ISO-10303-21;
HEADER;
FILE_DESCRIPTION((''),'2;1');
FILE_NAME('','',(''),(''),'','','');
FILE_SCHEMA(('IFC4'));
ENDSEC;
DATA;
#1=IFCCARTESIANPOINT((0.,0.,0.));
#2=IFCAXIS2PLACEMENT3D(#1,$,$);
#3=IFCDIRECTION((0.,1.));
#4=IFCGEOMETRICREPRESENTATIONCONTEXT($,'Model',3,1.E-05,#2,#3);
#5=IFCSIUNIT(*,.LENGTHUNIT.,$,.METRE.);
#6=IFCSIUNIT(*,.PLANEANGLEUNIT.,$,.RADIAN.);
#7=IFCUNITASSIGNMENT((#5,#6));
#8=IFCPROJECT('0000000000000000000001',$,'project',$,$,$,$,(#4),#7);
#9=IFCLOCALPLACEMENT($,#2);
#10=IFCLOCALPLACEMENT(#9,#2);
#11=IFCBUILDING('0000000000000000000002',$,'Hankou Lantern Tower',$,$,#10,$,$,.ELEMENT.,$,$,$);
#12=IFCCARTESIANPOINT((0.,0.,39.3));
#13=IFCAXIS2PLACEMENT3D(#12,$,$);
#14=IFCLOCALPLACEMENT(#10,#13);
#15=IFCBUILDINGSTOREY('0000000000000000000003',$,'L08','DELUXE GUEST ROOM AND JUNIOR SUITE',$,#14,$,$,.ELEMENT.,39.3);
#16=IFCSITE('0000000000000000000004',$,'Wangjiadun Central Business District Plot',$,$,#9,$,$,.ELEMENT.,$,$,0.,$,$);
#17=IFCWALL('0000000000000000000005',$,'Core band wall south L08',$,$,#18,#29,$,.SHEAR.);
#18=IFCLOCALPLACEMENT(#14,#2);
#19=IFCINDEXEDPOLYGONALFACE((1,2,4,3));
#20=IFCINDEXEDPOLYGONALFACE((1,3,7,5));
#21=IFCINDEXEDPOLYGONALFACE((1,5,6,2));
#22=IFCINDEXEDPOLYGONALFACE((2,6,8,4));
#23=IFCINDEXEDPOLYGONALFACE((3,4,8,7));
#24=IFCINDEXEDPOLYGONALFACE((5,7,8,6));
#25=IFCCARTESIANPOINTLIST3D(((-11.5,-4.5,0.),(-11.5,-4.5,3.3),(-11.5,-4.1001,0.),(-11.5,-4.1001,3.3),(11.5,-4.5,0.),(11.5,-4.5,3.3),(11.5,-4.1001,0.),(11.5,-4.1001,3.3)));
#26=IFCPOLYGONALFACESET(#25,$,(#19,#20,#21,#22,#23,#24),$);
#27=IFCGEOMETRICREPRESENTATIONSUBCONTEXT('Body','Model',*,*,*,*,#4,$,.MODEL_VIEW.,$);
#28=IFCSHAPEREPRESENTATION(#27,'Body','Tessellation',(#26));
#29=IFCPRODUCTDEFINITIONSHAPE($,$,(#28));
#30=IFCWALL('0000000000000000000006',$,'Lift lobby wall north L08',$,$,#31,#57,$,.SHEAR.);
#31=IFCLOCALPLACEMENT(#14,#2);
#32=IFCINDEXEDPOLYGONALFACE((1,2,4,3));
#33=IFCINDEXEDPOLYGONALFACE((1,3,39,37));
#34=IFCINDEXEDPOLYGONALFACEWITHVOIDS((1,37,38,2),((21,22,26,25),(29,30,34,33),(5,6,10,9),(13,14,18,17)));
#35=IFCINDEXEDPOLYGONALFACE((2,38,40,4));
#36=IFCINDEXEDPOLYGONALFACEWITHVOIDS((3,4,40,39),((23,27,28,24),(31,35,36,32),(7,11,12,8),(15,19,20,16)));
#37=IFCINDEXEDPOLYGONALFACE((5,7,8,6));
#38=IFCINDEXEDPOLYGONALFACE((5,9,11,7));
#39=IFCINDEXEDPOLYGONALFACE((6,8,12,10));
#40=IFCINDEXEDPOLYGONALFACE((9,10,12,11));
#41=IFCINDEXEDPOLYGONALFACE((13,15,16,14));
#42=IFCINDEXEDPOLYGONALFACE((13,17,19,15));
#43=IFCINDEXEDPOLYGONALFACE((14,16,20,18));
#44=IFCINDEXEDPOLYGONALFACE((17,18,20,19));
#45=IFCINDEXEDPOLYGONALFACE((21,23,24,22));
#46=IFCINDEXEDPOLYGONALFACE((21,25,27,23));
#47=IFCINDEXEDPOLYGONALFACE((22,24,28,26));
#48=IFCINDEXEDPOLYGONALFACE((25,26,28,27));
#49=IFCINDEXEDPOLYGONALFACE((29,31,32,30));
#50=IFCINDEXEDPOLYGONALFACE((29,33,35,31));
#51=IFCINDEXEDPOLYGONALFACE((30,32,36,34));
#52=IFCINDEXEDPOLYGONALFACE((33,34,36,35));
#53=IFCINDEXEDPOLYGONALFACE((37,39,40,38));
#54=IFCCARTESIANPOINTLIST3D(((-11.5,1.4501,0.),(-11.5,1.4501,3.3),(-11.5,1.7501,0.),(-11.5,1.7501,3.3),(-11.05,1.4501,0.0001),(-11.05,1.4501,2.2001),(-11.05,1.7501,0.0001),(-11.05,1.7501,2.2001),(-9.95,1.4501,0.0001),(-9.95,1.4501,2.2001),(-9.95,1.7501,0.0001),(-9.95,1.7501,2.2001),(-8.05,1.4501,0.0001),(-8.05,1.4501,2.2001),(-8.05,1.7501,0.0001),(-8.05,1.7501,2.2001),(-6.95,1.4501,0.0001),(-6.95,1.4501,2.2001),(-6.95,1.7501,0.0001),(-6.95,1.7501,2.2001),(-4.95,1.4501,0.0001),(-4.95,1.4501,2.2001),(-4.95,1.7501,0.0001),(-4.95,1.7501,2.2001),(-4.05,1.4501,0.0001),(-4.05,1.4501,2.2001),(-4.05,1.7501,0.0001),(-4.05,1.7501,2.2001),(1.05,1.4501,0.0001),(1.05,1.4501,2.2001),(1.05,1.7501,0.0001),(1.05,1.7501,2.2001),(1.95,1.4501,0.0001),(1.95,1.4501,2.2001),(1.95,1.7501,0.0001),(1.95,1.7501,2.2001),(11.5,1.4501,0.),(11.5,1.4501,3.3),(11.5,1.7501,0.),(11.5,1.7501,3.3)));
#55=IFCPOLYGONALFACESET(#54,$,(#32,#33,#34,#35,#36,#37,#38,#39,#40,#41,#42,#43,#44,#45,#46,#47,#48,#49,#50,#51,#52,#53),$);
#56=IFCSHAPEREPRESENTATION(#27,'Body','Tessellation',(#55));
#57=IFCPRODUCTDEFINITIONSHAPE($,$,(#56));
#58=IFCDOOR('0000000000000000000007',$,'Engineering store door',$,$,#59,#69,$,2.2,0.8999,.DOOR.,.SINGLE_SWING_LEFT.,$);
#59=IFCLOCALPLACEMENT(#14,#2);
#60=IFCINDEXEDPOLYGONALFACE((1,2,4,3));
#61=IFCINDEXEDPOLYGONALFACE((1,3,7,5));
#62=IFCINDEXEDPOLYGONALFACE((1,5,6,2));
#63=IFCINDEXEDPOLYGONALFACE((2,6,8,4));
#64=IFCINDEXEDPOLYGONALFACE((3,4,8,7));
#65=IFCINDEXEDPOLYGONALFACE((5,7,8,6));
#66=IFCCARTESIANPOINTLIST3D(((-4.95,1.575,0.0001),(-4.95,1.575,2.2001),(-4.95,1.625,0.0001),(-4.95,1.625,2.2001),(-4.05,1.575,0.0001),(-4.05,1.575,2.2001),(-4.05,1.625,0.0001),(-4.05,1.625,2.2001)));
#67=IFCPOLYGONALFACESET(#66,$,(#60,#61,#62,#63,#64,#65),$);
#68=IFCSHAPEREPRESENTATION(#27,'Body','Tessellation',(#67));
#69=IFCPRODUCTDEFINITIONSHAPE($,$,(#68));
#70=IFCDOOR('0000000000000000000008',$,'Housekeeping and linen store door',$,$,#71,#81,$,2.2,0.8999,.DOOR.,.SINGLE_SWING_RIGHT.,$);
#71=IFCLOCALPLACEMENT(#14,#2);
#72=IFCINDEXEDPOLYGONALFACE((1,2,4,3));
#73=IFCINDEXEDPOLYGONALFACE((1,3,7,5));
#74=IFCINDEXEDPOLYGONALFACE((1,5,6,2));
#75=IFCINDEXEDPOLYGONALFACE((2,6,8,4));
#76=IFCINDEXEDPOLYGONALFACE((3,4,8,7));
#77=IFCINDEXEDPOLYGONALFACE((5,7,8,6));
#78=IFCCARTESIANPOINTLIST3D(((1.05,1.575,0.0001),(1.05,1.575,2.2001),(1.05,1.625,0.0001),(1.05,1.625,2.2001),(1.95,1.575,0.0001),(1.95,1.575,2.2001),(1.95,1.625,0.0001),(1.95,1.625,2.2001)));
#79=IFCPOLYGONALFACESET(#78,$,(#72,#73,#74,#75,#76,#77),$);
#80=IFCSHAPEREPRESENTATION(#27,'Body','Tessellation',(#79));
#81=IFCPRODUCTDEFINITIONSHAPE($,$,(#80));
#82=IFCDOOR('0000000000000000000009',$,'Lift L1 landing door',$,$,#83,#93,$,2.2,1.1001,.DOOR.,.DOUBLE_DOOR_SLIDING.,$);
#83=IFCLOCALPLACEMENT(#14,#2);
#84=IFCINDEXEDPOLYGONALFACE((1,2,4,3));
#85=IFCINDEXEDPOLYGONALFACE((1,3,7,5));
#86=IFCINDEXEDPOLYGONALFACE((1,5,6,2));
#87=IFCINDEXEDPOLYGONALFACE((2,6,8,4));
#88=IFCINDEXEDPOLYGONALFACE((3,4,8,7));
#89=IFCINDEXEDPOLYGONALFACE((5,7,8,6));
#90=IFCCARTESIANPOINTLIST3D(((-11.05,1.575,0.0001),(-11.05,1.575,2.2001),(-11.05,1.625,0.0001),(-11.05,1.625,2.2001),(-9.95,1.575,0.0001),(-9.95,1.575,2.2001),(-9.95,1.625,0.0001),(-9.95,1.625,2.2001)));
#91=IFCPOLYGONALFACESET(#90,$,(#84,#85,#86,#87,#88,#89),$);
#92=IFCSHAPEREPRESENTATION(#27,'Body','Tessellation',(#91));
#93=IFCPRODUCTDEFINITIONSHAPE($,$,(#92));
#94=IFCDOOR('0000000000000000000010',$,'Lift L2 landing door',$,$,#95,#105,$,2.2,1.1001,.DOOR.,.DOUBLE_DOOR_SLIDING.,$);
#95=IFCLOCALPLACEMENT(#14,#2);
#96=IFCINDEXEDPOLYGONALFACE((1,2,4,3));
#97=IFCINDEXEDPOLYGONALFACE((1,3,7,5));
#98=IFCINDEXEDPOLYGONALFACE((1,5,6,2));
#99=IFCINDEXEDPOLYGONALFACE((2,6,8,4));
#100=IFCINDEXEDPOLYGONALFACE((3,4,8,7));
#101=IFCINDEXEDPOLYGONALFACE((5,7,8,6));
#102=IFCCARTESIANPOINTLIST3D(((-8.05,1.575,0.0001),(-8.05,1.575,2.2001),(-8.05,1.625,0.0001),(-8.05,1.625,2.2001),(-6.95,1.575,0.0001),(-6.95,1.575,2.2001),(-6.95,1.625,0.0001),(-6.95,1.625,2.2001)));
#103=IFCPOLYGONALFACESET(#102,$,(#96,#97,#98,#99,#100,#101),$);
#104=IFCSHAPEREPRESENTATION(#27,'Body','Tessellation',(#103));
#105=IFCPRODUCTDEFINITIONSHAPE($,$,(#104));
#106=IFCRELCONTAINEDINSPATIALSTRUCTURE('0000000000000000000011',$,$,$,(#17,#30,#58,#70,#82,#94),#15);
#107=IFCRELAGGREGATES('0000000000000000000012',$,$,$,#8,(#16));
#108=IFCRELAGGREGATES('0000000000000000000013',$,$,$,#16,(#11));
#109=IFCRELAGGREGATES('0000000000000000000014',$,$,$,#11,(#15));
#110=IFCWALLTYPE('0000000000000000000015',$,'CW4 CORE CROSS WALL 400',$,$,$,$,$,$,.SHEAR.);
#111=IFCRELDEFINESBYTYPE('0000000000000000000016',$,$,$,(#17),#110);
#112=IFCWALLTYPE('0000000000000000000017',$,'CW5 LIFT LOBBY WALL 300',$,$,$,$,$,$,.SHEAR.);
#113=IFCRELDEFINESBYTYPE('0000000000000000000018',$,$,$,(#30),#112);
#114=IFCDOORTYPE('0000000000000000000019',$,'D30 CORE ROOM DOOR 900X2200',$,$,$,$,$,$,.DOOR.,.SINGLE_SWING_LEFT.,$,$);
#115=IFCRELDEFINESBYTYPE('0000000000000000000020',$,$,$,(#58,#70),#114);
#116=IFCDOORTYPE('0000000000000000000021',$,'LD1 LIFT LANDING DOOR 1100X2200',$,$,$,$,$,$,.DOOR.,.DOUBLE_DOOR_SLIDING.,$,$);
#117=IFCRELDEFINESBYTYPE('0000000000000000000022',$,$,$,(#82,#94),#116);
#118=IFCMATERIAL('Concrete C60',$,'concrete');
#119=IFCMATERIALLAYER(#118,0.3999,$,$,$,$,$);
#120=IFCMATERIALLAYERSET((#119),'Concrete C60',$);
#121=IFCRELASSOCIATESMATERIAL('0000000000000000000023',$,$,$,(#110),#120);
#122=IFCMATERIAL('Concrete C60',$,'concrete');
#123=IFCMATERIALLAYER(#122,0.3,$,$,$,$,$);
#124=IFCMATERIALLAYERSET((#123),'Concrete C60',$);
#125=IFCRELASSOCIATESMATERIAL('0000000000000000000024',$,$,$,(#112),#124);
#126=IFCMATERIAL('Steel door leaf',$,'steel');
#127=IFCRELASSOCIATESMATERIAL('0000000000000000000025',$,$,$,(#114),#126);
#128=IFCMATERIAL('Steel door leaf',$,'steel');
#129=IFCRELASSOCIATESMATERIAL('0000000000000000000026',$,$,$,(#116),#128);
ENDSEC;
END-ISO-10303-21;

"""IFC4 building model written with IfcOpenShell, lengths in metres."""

from ifc_helpers import new_model, si_unit, direction, frame, frame_2d, origin, place, context, subcontext, project, spatial, rectangle, extrude, material, layer, layer_set, type_object, element, fill, save


model = new_model("IFC4")

# Units and contexts
model_context = context("Model", 3, precision=1e-05, world=origin(), true_north=direction((0.0, 1.0)))
body_context = subcontext(model_context, "Body", "Model", "MODEL_VIEW")
ifc_project = project(units=[si_unit("LENGTHUNIT", "METRE"), si_unit("PLANEANGLEUNIT", "RADIAN")], contexts=[model_context])

# Site, building, storey
site_placement = place(None, origin())
site = spatial("IfcSite", under=ifc_project, at=site_placement, Name="Wangjiadun Central Business District Plot", CompositionType="ELEMENT", RefElevation=0.0)
building_placement = place(site_placement, origin())
building = spatial("IfcBuilding", under=site, at=building_placement, Name="Hankou Lantern Tower", CompositionType="ELEMENT")
storey_placement = place(building_placement, frame((0.0, 0.0, 39.3)))
storey = spatial("IfcBuildingStorey", under=building, at=storey_placement, Name="L08", Description="DELUXE GUEST ROOM AND JUNIOR SUITE", CompositionType="ELEMENT", Elevation=39.3)

# Wall
ifc_material_1 = material(Name="Concrete C60", Category="concrete")
ifc_layer_1 = layer(ifc_material_1, 0.3999)
ifc_layer_set_1 = layer_set([ifc_layer_1], Name="Concrete C60")
wall_type_1 = type_object("IfcWallType", Name="CW4 CORE CROSS WALL 400", PredefinedType="SHEAR", material=ifc_layer_set_1)
wall_1_placement = place(storey_placement, frame((-11.5, -4.3, 0.0), z_axis=(0.0, 0.0, 1.0), x_axis=(1.0, 0.0, 0.0)))
element("IfcWall", 1, at=wall_1_placement, inside=storey, type_object=wall_type_1, Name="Core band wall south L08", PredefinedType="SHEAR", context=body_context, shape_type="SweptSolid", body=[
    extrude(rectangle(XDim=23.0, YDim=0.3999, at=frame_2d((11.5, 0.0))), origin(), (0.0, 0.0, 1.0), 3.3),
])

# Wall, openings, doors
ifc_material_2 = material(Name="Concrete C60", Category="concrete")
ifc_layer_2 = layer(ifc_material_2, 0.3)
ifc_layer_set_2 = layer_set([ifc_layer_2], Name="Concrete C60")
wall_type_2 = type_object("IfcWallType", Name="CW5 LIFT LOBBY WALL 300", PredefinedType="SHEAR", material=ifc_layer_set_2)
wall_2_placement = place(storey_placement, frame((-11.5, 1.6001, 0.0), z_axis=(0.0, 0.0, 1.0), x_axis=(1.0, 0.0, 0.0)))
wall_2 = element("IfcWall", 2, at=wall_2_placement, inside=storey, type_object=wall_type_2, Name="Lift lobby wall north L08", PredefinedType="SHEAR", context=body_context, shape_type="SweptSolid", body=[
    extrude(rectangle(XDim=23.0, YDim=0.3, at=frame_2d((11.5, 0.0))), origin(), (0.0, 0.0, 1.0), 3.3),
])
opening_1_placement = place(wall_2_placement, frame((0.45, 0.0, 0.0)))
opening_1 = element("IfcOpeningElement", 3, at=opening_1_placement, cuts=wall_2, PredefinedType="OPENING", context=body_context, shape_type="SweptSolid", body=[
    extrude(rectangle(XDim=1.1001, YDim=2.2, at=frame_2d((0.55, 1.1001))), frame((0.0, 0.1599, 0.0), z_axis=(0.0, -1.0, 0.0), x_axis=(1.0, 0.0, 0.0)), (0.0, 0.0, 1.0), 0.3201),
])
opening_2_placement = place(wall_2_placement, frame((3.45, 0.0, 0.0)))
opening_2 = element("IfcOpeningElement", 4, at=opening_2_placement, cuts=wall_2, PredefinedType="OPENING", context=body_context, shape_type="SweptSolid", body=[
    extrude(rectangle(XDim=1.1001, YDim=2.2, at=frame_2d((0.55, 1.1001))), frame((0.0, 0.1599, 0.0), z_axis=(0.0, -1.0, 0.0), x_axis=(1.0, 0.0, 0.0)), (0.0, 0.0, 1.0), 0.3201),
])
opening_3_placement = place(wall_2_placement, frame((6.55, 0.0, 0.0)))
opening_3 = element("IfcOpeningElement", 5, at=opening_3_placement, cuts=wall_2, PredefinedType="OPENING", context=body_context, shape_type="SweptSolid", body=[
    extrude(rectangle(XDim=0.8999, YDim=2.2, at=frame_2d((0.45, 1.1001))), frame((0.0, 0.1599, 0.0), z_axis=(0.0, -1.0, 0.0), x_axis=(1.0, 0.0, 0.0)), (0.0, 0.0, 1.0), 0.3201),
])
opening_4_placement = place(wall_2_placement, frame((12.55, 0.0, 0.0)))
opening_4 = element("IfcOpeningElement", 6, at=opening_4_placement, cuts=wall_2, PredefinedType="OPENING", context=body_context, shape_type="SweptSolid", body=[
    extrude(rectangle(XDim=0.8999, YDim=2.2, at=frame_2d((0.45, 1.1001))), frame((0.0, 0.1599, 0.0), z_axis=(0.0, -1.0, 0.0), x_axis=(1.0, 0.0, 0.0)), (0.0, 0.0, 1.0), 0.3201),
])
ifc_material_3 = material(Name="Steel door leaf", Category="steel")
door_type_1 = type_object("IfcDoorType", Name="D30 CORE ROOM DOOR 900X2200", OperationType="SINGLE_SWING_LEFT", PredefinedType="DOOR", material=ifc_material_3)
door_1_placement = place(opening_3_placement, origin())
door_1 = element("IfcDoor", 7, at=door_1_placement, inside=storey, type_object=door_type_1, Name="Engineering store door", OperationType="SINGLE_SWING_LEFT", OverallHeight=2.2, OverallWidth=0.8999, PredefinedType="DOOR", context=body_context, shape_type="SweptSolid", body=[
    extrude(rectangle(XDim=0.8999, YDim=2.2, at=frame_2d((0.45, 1.1001))), frame((0.0, 0.0249, 0.0), z_axis=(0.0, -1.0, 0.0), x_axis=(1.0, 0.0, 0.0)), (0.0, 0.0, 1.0), 0.05),
])
fill(opening_3, door_1)
door_2_placement = place(opening_4_placement, origin())
door_2 = element("IfcDoor", 8, at=door_2_placement, inside=storey, type_object=door_type_1, Name="Housekeeping and linen store door", OperationType="SINGLE_SWING_RIGHT", OverallHeight=2.2, OverallWidth=0.8999, PredefinedType="DOOR", context=body_context, shape_type="SweptSolid", body=[
    extrude(rectangle(XDim=0.8999, YDim=2.2, at=frame_2d((0.45, 1.1001))), frame((0.0, 0.0249, 0.0), z_axis=(0.0, -1.0, 0.0), x_axis=(1.0, 0.0, 0.0)), (0.0, 0.0, 1.0), 0.05),
])
fill(opening_4, door_2)
ifc_material_4 = material(Name="Steel door leaf", Category="steel")
door_type_2 = type_object("IfcDoorType", Name="LD1 LIFT LANDING DOOR 1100X2200", OperationType="DOUBLE_DOOR_SLIDING", PredefinedType="DOOR", material=ifc_material_4)
door_3_placement = place(opening_1_placement, origin())
door_3 = element("IfcDoor", 9, at=door_3_placement, inside=storey, type_object=door_type_2, Name="Lift L1 landing door", OperationType="DOUBLE_DOOR_SLIDING", OverallHeight=2.2, OverallWidth=1.1001, PredefinedType="DOOR", context=body_context, shape_type="SweptSolid", body=[
    extrude(rectangle(XDim=1.1001, YDim=2.2, at=frame_2d((0.55, 1.1001))), frame((0.0, 0.0249, 0.0), z_axis=(0.0, -1.0, 0.0), x_axis=(1.0, 0.0, 0.0)), (0.0, 0.0, 1.0), 0.05),
])
fill(opening_1, door_3)
door_4_placement = place(opening_2_placement, origin())
door_4 = element("IfcDoor", 10, at=door_4_placement, inside=storey, type_object=door_type_2, Name="Lift L2 landing door", OperationType="DOUBLE_DOOR_SLIDING", OverallHeight=2.2, OverallWidth=1.1001, PredefinedType="DOOR", context=body_context, shape_type="SweptSolid", body=[
    extrude(rectangle(XDim=1.1001, YDim=2.2, at=frame_2d((0.55, 1.1001))), frame((0.0, 0.0249, 0.0), z_axis=(0.0, -1.0, 0.0), x_axis=(1.0, 0.0, 0.0)), (0.0, 0.0, 1.0), 0.05),
])
fill(opening_2, door_4)

save(model, "model.ifc")
